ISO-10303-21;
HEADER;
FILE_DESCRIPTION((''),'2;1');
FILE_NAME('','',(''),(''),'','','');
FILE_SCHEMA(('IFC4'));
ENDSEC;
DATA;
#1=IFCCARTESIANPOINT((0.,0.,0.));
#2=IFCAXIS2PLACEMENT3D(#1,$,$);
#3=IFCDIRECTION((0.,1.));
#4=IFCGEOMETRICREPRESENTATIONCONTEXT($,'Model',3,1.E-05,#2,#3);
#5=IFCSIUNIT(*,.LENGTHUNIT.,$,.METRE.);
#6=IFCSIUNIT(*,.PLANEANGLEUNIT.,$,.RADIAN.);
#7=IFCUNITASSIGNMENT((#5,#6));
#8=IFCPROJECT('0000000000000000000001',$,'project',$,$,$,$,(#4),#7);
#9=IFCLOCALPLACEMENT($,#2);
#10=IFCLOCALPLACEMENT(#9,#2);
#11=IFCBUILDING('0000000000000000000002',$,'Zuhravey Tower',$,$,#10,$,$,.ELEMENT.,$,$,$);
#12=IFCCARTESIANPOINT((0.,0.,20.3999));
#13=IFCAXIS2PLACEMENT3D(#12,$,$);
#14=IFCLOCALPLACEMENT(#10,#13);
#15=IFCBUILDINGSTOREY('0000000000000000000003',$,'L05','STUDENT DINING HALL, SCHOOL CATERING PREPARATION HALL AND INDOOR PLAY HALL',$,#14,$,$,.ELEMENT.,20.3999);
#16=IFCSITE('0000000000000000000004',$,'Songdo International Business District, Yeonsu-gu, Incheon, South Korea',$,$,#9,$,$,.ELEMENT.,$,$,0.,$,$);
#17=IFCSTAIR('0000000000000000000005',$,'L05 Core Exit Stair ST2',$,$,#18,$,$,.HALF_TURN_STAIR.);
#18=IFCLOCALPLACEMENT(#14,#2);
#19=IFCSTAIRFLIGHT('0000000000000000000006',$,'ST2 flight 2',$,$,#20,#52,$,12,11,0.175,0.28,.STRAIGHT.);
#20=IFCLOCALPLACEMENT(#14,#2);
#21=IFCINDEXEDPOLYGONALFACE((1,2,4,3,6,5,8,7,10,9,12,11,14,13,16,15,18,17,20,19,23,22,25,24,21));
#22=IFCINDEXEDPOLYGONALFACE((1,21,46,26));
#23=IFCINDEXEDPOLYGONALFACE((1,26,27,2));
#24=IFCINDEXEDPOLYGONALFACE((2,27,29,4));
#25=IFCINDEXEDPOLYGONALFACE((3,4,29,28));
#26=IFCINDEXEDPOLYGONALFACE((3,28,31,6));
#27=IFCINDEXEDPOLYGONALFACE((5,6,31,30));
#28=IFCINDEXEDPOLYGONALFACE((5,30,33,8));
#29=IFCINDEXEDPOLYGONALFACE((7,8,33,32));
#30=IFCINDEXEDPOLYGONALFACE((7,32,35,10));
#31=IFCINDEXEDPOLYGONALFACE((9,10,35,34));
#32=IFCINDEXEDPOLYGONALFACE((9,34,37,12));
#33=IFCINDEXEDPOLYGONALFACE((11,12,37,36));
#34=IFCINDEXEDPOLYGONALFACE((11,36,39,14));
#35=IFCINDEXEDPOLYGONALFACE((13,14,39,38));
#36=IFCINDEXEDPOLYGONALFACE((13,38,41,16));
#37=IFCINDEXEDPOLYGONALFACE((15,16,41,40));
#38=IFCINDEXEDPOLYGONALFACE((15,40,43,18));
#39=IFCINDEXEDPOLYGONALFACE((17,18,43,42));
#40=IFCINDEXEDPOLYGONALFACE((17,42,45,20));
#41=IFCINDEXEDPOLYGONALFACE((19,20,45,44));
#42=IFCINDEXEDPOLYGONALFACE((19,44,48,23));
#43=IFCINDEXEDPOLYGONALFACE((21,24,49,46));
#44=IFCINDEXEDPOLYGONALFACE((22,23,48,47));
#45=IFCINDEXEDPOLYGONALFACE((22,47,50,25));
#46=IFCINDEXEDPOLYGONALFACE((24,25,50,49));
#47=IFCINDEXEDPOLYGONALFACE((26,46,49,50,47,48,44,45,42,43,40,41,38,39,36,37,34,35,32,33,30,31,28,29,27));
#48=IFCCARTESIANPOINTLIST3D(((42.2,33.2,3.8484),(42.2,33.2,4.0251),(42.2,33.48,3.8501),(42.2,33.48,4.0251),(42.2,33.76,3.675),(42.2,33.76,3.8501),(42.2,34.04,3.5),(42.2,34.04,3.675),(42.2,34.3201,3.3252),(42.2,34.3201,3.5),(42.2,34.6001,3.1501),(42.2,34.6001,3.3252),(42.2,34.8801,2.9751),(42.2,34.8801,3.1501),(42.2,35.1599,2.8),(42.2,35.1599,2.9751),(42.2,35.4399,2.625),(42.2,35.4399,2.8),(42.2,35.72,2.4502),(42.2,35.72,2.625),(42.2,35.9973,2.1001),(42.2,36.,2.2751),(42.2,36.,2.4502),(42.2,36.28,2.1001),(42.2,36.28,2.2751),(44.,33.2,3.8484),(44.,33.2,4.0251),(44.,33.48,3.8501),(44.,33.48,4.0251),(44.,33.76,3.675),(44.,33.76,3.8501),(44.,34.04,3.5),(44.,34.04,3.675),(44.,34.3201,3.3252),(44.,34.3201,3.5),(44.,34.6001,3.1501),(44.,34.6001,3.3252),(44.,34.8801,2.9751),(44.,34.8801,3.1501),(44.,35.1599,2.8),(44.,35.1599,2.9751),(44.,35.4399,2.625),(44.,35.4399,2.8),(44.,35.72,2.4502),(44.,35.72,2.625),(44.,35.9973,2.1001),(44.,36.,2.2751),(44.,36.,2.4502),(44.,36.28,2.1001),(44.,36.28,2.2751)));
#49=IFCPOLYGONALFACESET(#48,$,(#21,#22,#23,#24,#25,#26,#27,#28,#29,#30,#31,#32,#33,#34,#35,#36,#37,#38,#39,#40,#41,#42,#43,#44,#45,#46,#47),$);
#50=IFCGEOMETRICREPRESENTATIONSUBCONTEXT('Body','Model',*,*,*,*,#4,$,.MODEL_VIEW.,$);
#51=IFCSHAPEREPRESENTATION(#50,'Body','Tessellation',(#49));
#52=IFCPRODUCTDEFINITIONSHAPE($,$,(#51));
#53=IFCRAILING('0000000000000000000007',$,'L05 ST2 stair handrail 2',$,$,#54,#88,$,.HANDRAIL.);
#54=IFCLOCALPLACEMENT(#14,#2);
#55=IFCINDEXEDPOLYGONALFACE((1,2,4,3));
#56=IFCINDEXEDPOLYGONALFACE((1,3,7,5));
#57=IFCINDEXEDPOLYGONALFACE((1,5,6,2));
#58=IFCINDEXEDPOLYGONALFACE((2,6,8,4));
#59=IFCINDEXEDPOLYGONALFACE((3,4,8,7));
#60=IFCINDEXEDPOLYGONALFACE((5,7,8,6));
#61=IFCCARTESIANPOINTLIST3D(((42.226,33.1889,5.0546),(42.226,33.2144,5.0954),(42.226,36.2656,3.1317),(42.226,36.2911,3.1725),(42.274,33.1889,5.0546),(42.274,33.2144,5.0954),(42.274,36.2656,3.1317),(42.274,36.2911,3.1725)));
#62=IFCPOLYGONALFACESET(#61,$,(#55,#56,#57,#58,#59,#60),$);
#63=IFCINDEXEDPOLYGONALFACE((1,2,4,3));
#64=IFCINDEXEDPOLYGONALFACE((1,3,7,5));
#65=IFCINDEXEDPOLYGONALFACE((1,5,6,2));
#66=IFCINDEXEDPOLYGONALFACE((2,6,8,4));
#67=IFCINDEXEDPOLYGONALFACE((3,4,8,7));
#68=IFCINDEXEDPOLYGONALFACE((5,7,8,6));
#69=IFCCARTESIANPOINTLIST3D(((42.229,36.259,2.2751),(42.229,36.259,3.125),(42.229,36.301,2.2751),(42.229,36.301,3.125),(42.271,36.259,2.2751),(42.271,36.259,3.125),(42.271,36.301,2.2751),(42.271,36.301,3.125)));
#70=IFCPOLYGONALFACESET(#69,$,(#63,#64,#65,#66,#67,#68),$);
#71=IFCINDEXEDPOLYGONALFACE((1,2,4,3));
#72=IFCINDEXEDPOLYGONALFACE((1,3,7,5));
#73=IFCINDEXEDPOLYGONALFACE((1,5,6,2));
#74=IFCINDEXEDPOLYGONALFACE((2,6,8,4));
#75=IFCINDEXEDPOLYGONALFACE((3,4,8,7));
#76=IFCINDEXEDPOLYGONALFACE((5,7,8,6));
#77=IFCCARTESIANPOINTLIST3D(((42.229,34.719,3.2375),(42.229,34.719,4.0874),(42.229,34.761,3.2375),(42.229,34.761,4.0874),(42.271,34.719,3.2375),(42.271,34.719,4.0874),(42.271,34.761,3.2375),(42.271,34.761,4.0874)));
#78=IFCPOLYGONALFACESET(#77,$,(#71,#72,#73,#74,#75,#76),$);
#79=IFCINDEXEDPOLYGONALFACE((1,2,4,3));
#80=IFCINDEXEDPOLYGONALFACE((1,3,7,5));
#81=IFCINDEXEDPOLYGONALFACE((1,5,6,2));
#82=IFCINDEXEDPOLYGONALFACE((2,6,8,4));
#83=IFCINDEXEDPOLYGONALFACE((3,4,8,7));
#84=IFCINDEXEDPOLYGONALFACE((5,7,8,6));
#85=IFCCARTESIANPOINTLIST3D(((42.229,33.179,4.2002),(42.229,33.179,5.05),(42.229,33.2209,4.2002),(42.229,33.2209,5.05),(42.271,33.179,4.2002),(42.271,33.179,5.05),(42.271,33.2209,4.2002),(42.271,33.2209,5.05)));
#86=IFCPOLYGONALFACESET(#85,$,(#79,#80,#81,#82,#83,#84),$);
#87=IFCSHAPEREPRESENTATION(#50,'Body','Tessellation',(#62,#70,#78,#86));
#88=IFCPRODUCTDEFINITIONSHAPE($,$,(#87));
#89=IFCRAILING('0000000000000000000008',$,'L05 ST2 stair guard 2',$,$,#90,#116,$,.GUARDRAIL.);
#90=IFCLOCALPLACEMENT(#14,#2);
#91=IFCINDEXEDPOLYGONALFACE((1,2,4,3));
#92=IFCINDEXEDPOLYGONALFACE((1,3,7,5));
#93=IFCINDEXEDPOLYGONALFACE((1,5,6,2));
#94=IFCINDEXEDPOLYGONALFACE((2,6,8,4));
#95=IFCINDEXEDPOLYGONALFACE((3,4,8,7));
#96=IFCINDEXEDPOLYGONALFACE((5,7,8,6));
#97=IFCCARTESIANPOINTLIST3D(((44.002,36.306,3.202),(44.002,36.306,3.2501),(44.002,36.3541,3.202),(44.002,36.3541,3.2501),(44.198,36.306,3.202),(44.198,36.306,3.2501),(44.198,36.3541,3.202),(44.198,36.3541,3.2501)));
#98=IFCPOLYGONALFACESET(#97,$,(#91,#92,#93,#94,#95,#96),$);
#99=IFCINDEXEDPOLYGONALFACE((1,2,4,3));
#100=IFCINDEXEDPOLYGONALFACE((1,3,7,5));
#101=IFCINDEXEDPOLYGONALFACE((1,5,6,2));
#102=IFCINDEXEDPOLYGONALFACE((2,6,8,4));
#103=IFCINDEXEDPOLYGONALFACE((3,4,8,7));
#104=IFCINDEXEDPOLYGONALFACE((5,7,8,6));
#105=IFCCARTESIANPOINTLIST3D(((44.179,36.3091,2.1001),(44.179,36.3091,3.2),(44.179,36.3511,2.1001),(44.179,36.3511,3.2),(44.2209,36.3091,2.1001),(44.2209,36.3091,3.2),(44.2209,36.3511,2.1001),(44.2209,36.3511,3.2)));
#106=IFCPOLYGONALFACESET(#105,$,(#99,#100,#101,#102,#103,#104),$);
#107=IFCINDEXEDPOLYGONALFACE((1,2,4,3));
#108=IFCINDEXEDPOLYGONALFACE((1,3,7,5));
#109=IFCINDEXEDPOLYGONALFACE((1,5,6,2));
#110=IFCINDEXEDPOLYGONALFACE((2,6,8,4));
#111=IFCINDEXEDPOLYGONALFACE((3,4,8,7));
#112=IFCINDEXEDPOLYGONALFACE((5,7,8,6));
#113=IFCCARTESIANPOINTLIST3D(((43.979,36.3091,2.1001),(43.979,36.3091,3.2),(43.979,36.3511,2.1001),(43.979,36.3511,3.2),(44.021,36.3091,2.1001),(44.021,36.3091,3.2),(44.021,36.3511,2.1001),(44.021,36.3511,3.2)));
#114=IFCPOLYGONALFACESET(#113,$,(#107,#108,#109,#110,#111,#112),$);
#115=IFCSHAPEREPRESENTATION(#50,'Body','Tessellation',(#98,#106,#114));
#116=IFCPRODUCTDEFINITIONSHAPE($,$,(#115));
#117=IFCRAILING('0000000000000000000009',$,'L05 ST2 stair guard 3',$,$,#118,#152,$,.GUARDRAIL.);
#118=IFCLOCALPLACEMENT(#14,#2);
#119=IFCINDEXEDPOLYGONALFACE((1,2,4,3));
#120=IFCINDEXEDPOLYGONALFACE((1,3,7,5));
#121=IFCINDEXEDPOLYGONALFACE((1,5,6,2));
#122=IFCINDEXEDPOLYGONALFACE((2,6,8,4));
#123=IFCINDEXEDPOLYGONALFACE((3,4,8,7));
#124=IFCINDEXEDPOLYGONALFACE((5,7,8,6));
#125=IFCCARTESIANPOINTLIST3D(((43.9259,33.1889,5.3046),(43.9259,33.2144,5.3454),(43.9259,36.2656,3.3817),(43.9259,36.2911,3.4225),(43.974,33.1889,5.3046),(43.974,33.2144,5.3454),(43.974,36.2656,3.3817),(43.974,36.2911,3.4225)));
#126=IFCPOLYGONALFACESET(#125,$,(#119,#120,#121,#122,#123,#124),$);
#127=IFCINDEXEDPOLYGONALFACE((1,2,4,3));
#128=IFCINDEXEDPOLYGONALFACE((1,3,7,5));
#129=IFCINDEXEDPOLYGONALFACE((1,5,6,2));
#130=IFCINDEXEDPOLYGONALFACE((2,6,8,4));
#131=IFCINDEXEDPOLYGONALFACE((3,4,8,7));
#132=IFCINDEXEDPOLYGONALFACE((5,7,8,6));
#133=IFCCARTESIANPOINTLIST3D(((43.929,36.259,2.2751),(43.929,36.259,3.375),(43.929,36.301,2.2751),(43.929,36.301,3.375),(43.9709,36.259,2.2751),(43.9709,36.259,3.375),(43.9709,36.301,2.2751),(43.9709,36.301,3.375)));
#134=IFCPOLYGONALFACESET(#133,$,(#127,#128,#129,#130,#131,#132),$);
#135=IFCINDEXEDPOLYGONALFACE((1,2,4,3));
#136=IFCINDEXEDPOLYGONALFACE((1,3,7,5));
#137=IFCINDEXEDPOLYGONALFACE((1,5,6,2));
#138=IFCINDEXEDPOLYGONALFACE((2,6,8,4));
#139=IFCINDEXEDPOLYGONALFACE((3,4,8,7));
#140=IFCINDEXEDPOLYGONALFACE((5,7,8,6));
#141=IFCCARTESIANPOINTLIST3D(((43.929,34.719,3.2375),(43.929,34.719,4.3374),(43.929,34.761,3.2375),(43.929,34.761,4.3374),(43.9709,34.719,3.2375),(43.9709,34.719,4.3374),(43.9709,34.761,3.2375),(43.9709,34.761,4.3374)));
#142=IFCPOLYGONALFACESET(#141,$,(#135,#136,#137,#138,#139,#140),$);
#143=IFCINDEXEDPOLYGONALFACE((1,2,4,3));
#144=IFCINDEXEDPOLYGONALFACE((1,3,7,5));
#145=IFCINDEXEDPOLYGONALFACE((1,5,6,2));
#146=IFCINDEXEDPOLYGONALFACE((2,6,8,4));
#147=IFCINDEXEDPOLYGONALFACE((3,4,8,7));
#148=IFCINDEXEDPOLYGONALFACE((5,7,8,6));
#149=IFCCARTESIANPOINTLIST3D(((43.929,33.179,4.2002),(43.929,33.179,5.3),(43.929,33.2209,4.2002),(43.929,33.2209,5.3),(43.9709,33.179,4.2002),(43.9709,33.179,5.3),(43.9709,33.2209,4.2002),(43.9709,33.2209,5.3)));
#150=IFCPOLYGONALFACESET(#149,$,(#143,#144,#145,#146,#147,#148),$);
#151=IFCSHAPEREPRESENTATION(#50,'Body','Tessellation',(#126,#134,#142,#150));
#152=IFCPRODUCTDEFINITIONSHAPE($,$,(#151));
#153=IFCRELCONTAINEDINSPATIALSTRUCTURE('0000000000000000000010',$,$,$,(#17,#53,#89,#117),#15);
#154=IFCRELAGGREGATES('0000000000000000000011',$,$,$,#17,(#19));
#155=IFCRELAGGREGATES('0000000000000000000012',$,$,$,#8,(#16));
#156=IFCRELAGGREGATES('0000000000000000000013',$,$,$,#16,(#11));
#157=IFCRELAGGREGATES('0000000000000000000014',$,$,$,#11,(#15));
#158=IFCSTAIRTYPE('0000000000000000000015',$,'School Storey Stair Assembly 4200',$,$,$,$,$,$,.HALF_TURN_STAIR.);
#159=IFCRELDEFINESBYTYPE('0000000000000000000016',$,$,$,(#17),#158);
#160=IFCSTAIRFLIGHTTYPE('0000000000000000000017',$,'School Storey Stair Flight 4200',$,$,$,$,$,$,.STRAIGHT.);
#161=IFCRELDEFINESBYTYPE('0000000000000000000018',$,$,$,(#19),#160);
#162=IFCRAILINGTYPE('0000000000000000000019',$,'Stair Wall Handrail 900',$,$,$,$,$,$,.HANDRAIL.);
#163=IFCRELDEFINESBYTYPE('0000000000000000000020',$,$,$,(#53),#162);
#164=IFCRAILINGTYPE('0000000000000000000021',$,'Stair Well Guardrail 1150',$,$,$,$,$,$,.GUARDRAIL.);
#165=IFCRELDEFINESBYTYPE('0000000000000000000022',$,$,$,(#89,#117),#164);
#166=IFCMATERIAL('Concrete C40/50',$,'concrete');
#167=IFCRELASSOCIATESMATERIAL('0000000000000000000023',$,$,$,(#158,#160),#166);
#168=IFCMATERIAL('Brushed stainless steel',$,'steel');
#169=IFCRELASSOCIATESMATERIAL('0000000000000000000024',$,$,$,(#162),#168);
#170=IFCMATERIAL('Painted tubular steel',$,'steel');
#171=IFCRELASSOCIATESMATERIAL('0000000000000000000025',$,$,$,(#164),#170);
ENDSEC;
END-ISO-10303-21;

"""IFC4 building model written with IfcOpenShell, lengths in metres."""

from ifc_helpers import new_model, si_unit, direction, frame, origin, origin_2d, place, context, subcontext, project, spatial, polyline, rectangle, outline, extrude, material, type_object, element, aggregate, save


model = new_model("IFC4")

# Units and contexts
model_context = context("Model", 3, precision=1e-05, world=origin(), true_north=direction((0.0, 1.0)))
body_context = subcontext(model_context, "Body", "Model", "MODEL_VIEW")
ifc_project = project(units=[si_unit("LENGTHUNIT", "METRE"), si_unit("PLANEANGLEUNIT", "RADIAN")], contexts=[model_context])

# Site, building, storey
site_placement = place(None, origin())
site = spatial("IfcSite", under=ifc_project, at=site_placement, Name="Songdo International Business District, Yeonsu-gu, Incheon, South Korea", CompositionType="ELEMENT", RefElevation=0.0)
building_placement = place(site_placement, origin())
building = spatial("IfcBuilding", under=site, at=building_placement, Name="Zuhravey Tower", CompositionType="ELEMENT")
storey_placement = place(building_placement, frame((0.0, 0.0, 20.3999)))
storey = spatial("IfcBuildingStorey", under=building, at=storey_placement, Name="L05", Description="STUDENT DINING HALL, SCHOOL CATERING PREPARATION HALL AND INDOOR PLAY HALL", CompositionType="ELEMENT", Elevation=20.3999)

# Stair, stair flight
ifc_material_1 = material(Name="Concrete C40/50", Category="concrete")
stair_type = type_object("IfcStairType", Name="School Storey Stair Assembly 4200", PredefinedType="HALF_TURN_STAIR", material=ifc_material_1)
stair_placement = place(storey_placement, origin())
stair = element("IfcStair", 1, at=stair_placement, inside=storey, type_object=stair_type, Name="L05 Core Exit Stair ST2", PredefinedType="HALF_TURN_STAIR")
stair_flight_type = type_object("IfcStairFlightType", Name="School Storey Stair Flight 4200", PredefinedType="STRAIGHT", material=ifc_material_1)
stair_flight_placement = place(storey_placement, frame((43.1001, 36.28, 2.1001), z_axis=(0.0, 0.0, 1.0), x_axis=(0.0, -1.0, 0.0)))
stair_flight = element("IfcStairFlight", 2, at=stair_flight_placement, type_object=stair_flight_type, Name="ST2 flight 2", NumberOfRisers=12, NumberOfTreads=11, PredefinedType="STRAIGHT", RiserHeight=0.175, TreadLength=0.28, context=body_context, shape_type="SweptSolid", body=[
    extrude(outline(polyline([(0.0, 0.0), (0.0, 0.175), (0.28, 0.175), (0.28, 0.3501), (0.5601, 0.3501), (0.5601, 0.5249), (0.8401, 0.5249), (0.8401, 0.7), (1.1201, 0.7), (1.1201, 0.875), (1.3999, 0.875), (1.3999, 1.05), (1.6799, 1.05), (1.6799, 1.2251), (1.96, 1.2251), (1.96, 1.3999), (2.24, 1.3999), (2.24, 1.575), (2.52, 1.575), (2.52, 1.75), (2.8, 1.75), (2.8, 1.925), (3.0801, 1.925), (3.0801, 2.1001), (3.0801, 1.7483), (0.2827, 0.0), (0.0, 0.0)])), frame((0.0, 0.8999, 0.0), z_axis=(0.0, -1.0, 0.0), x_axis=(1.0, 0.0, 0.0)), (0.0, 0.0, 1.0), 1.8),
])
aggregate(stair, [stair_flight])

# Railings
ifc_material_2 = material(Name="Brushed stainless steel", Category="steel")
railing_type_1 = type_object("IfcRailingType", Name="Stair Wall Handrail 900", PredefinedType="HANDRAIL", material=ifc_material_2)
railing_1_placement = place(storey_placement, frame((42.25, 36.28, 2.2751)))
element("IfcRailing", 3, at=railing_1_placement, inside=storey, type_object=railing_type_1, Name="L05 ST2 stair handrail 2", PredefinedType="HANDRAIL", context=body_context, shape_type="SweptSolid", body=[
    extrude(rectangle(XDim=0.0481, YDim=0.0481, at=origin_2d()), frame((0.0, -0.0017, 0.877), z_axis=(0.0, -0.847998, 0.529999), x_axis=(1.0, 0.0, 0.0)), (0.0, 0.0, 1.0), 3.6282),
    extrude(rectangle(XDim=0.042, YDim=0.042, at=origin_2d()), origin(), (0.0, 0.0, 1.0), 0.8499),
    extrude(rectangle(XDim=0.042, YDim=0.042, at=origin_2d()), frame((0.0, -1.54, 0.9624)), (0.0, 0.0, 1.0), 0.8499),
    extrude(rectangle(XDim=0.042, YDim=0.042, at=origin_2d()), frame((0.0, -3.0801, 1.925)), (0.0, 0.0, 1.0), 0.8499),
])
ifc_material_3 = material(Name="Painted tubular steel", Category="steel")
railing_type_2 = type_object("IfcRailingType", Name="Stair Well Guardrail 1150", PredefinedType="GUARDRAIL", material=ifc_material_3)
railing_2_placement = place(storey_placement, frame((44.2, 36.3301, 2.1001)))
element("IfcRailing", 4, at=railing_2_placement, inside=storey, type_object=railing_type_2, Name="L05 ST2 stair guard 2", PredefinedType="GUARDRAIL", context=body_context, shape_type="SweptSolid", body=[
    extrude(rectangle(XDim=0.0481, YDim=0.0481, at=origin_2d()), frame((-0.002, 0.0, 1.126), z_axis=(-1.0, 0.0, 0.0), x_axis=(0.0, -1.0, 0.0)), (0.0, 0.0, 1.0), 0.196),
    extrude(rectangle(XDim=0.042, YDim=0.042, at=origin_2d()), origin(), (0.0, 0.0, 1.0), 1.0999),
    extrude(rectangle(XDim=0.042, YDim=0.042, at=origin_2d()), frame((-0.2, 0.0, 0.0)), (0.0, 0.0, 1.0), 1.0999),
])
railing_3_placement = place(storey_placement, frame((43.95, 36.28, 2.2751)))
element("IfcRailing", 5, at=railing_3_placement, inside=storey, type_object=railing_type_2, Name="L05 ST2 stair guard 3", PredefinedType="GUARDRAIL", context=body_context, shape_type="SweptSolid", body=[
    extrude(rectangle(XDim=0.0481, YDim=0.0481, at=origin_2d()), frame((0.0, -0.0017, 1.127), z_axis=(0.0, -0.847998, 0.529999), x_axis=(1.0, 0.0, 0.0)), (0.0, 0.0, 1.0), 3.6282),
    extrude(rectangle(XDim=0.042, YDim=0.042, at=origin_2d()), origin(), (0.0, 0.0, 1.0), 1.0999),
    extrude(rectangle(XDim=0.042, YDim=0.042, at=origin_2d()), frame((0.0, -1.54, 0.9624)), (0.0, 0.0, 1.0), 1.0999),
    extrude(rectangle(XDim=0.042, YDim=0.042, at=origin_2d()), frame((0.0, -3.0801, 1.925)), (0.0, 0.0, 1.0), 1.0999),
])

save(model, "model.ifc")
